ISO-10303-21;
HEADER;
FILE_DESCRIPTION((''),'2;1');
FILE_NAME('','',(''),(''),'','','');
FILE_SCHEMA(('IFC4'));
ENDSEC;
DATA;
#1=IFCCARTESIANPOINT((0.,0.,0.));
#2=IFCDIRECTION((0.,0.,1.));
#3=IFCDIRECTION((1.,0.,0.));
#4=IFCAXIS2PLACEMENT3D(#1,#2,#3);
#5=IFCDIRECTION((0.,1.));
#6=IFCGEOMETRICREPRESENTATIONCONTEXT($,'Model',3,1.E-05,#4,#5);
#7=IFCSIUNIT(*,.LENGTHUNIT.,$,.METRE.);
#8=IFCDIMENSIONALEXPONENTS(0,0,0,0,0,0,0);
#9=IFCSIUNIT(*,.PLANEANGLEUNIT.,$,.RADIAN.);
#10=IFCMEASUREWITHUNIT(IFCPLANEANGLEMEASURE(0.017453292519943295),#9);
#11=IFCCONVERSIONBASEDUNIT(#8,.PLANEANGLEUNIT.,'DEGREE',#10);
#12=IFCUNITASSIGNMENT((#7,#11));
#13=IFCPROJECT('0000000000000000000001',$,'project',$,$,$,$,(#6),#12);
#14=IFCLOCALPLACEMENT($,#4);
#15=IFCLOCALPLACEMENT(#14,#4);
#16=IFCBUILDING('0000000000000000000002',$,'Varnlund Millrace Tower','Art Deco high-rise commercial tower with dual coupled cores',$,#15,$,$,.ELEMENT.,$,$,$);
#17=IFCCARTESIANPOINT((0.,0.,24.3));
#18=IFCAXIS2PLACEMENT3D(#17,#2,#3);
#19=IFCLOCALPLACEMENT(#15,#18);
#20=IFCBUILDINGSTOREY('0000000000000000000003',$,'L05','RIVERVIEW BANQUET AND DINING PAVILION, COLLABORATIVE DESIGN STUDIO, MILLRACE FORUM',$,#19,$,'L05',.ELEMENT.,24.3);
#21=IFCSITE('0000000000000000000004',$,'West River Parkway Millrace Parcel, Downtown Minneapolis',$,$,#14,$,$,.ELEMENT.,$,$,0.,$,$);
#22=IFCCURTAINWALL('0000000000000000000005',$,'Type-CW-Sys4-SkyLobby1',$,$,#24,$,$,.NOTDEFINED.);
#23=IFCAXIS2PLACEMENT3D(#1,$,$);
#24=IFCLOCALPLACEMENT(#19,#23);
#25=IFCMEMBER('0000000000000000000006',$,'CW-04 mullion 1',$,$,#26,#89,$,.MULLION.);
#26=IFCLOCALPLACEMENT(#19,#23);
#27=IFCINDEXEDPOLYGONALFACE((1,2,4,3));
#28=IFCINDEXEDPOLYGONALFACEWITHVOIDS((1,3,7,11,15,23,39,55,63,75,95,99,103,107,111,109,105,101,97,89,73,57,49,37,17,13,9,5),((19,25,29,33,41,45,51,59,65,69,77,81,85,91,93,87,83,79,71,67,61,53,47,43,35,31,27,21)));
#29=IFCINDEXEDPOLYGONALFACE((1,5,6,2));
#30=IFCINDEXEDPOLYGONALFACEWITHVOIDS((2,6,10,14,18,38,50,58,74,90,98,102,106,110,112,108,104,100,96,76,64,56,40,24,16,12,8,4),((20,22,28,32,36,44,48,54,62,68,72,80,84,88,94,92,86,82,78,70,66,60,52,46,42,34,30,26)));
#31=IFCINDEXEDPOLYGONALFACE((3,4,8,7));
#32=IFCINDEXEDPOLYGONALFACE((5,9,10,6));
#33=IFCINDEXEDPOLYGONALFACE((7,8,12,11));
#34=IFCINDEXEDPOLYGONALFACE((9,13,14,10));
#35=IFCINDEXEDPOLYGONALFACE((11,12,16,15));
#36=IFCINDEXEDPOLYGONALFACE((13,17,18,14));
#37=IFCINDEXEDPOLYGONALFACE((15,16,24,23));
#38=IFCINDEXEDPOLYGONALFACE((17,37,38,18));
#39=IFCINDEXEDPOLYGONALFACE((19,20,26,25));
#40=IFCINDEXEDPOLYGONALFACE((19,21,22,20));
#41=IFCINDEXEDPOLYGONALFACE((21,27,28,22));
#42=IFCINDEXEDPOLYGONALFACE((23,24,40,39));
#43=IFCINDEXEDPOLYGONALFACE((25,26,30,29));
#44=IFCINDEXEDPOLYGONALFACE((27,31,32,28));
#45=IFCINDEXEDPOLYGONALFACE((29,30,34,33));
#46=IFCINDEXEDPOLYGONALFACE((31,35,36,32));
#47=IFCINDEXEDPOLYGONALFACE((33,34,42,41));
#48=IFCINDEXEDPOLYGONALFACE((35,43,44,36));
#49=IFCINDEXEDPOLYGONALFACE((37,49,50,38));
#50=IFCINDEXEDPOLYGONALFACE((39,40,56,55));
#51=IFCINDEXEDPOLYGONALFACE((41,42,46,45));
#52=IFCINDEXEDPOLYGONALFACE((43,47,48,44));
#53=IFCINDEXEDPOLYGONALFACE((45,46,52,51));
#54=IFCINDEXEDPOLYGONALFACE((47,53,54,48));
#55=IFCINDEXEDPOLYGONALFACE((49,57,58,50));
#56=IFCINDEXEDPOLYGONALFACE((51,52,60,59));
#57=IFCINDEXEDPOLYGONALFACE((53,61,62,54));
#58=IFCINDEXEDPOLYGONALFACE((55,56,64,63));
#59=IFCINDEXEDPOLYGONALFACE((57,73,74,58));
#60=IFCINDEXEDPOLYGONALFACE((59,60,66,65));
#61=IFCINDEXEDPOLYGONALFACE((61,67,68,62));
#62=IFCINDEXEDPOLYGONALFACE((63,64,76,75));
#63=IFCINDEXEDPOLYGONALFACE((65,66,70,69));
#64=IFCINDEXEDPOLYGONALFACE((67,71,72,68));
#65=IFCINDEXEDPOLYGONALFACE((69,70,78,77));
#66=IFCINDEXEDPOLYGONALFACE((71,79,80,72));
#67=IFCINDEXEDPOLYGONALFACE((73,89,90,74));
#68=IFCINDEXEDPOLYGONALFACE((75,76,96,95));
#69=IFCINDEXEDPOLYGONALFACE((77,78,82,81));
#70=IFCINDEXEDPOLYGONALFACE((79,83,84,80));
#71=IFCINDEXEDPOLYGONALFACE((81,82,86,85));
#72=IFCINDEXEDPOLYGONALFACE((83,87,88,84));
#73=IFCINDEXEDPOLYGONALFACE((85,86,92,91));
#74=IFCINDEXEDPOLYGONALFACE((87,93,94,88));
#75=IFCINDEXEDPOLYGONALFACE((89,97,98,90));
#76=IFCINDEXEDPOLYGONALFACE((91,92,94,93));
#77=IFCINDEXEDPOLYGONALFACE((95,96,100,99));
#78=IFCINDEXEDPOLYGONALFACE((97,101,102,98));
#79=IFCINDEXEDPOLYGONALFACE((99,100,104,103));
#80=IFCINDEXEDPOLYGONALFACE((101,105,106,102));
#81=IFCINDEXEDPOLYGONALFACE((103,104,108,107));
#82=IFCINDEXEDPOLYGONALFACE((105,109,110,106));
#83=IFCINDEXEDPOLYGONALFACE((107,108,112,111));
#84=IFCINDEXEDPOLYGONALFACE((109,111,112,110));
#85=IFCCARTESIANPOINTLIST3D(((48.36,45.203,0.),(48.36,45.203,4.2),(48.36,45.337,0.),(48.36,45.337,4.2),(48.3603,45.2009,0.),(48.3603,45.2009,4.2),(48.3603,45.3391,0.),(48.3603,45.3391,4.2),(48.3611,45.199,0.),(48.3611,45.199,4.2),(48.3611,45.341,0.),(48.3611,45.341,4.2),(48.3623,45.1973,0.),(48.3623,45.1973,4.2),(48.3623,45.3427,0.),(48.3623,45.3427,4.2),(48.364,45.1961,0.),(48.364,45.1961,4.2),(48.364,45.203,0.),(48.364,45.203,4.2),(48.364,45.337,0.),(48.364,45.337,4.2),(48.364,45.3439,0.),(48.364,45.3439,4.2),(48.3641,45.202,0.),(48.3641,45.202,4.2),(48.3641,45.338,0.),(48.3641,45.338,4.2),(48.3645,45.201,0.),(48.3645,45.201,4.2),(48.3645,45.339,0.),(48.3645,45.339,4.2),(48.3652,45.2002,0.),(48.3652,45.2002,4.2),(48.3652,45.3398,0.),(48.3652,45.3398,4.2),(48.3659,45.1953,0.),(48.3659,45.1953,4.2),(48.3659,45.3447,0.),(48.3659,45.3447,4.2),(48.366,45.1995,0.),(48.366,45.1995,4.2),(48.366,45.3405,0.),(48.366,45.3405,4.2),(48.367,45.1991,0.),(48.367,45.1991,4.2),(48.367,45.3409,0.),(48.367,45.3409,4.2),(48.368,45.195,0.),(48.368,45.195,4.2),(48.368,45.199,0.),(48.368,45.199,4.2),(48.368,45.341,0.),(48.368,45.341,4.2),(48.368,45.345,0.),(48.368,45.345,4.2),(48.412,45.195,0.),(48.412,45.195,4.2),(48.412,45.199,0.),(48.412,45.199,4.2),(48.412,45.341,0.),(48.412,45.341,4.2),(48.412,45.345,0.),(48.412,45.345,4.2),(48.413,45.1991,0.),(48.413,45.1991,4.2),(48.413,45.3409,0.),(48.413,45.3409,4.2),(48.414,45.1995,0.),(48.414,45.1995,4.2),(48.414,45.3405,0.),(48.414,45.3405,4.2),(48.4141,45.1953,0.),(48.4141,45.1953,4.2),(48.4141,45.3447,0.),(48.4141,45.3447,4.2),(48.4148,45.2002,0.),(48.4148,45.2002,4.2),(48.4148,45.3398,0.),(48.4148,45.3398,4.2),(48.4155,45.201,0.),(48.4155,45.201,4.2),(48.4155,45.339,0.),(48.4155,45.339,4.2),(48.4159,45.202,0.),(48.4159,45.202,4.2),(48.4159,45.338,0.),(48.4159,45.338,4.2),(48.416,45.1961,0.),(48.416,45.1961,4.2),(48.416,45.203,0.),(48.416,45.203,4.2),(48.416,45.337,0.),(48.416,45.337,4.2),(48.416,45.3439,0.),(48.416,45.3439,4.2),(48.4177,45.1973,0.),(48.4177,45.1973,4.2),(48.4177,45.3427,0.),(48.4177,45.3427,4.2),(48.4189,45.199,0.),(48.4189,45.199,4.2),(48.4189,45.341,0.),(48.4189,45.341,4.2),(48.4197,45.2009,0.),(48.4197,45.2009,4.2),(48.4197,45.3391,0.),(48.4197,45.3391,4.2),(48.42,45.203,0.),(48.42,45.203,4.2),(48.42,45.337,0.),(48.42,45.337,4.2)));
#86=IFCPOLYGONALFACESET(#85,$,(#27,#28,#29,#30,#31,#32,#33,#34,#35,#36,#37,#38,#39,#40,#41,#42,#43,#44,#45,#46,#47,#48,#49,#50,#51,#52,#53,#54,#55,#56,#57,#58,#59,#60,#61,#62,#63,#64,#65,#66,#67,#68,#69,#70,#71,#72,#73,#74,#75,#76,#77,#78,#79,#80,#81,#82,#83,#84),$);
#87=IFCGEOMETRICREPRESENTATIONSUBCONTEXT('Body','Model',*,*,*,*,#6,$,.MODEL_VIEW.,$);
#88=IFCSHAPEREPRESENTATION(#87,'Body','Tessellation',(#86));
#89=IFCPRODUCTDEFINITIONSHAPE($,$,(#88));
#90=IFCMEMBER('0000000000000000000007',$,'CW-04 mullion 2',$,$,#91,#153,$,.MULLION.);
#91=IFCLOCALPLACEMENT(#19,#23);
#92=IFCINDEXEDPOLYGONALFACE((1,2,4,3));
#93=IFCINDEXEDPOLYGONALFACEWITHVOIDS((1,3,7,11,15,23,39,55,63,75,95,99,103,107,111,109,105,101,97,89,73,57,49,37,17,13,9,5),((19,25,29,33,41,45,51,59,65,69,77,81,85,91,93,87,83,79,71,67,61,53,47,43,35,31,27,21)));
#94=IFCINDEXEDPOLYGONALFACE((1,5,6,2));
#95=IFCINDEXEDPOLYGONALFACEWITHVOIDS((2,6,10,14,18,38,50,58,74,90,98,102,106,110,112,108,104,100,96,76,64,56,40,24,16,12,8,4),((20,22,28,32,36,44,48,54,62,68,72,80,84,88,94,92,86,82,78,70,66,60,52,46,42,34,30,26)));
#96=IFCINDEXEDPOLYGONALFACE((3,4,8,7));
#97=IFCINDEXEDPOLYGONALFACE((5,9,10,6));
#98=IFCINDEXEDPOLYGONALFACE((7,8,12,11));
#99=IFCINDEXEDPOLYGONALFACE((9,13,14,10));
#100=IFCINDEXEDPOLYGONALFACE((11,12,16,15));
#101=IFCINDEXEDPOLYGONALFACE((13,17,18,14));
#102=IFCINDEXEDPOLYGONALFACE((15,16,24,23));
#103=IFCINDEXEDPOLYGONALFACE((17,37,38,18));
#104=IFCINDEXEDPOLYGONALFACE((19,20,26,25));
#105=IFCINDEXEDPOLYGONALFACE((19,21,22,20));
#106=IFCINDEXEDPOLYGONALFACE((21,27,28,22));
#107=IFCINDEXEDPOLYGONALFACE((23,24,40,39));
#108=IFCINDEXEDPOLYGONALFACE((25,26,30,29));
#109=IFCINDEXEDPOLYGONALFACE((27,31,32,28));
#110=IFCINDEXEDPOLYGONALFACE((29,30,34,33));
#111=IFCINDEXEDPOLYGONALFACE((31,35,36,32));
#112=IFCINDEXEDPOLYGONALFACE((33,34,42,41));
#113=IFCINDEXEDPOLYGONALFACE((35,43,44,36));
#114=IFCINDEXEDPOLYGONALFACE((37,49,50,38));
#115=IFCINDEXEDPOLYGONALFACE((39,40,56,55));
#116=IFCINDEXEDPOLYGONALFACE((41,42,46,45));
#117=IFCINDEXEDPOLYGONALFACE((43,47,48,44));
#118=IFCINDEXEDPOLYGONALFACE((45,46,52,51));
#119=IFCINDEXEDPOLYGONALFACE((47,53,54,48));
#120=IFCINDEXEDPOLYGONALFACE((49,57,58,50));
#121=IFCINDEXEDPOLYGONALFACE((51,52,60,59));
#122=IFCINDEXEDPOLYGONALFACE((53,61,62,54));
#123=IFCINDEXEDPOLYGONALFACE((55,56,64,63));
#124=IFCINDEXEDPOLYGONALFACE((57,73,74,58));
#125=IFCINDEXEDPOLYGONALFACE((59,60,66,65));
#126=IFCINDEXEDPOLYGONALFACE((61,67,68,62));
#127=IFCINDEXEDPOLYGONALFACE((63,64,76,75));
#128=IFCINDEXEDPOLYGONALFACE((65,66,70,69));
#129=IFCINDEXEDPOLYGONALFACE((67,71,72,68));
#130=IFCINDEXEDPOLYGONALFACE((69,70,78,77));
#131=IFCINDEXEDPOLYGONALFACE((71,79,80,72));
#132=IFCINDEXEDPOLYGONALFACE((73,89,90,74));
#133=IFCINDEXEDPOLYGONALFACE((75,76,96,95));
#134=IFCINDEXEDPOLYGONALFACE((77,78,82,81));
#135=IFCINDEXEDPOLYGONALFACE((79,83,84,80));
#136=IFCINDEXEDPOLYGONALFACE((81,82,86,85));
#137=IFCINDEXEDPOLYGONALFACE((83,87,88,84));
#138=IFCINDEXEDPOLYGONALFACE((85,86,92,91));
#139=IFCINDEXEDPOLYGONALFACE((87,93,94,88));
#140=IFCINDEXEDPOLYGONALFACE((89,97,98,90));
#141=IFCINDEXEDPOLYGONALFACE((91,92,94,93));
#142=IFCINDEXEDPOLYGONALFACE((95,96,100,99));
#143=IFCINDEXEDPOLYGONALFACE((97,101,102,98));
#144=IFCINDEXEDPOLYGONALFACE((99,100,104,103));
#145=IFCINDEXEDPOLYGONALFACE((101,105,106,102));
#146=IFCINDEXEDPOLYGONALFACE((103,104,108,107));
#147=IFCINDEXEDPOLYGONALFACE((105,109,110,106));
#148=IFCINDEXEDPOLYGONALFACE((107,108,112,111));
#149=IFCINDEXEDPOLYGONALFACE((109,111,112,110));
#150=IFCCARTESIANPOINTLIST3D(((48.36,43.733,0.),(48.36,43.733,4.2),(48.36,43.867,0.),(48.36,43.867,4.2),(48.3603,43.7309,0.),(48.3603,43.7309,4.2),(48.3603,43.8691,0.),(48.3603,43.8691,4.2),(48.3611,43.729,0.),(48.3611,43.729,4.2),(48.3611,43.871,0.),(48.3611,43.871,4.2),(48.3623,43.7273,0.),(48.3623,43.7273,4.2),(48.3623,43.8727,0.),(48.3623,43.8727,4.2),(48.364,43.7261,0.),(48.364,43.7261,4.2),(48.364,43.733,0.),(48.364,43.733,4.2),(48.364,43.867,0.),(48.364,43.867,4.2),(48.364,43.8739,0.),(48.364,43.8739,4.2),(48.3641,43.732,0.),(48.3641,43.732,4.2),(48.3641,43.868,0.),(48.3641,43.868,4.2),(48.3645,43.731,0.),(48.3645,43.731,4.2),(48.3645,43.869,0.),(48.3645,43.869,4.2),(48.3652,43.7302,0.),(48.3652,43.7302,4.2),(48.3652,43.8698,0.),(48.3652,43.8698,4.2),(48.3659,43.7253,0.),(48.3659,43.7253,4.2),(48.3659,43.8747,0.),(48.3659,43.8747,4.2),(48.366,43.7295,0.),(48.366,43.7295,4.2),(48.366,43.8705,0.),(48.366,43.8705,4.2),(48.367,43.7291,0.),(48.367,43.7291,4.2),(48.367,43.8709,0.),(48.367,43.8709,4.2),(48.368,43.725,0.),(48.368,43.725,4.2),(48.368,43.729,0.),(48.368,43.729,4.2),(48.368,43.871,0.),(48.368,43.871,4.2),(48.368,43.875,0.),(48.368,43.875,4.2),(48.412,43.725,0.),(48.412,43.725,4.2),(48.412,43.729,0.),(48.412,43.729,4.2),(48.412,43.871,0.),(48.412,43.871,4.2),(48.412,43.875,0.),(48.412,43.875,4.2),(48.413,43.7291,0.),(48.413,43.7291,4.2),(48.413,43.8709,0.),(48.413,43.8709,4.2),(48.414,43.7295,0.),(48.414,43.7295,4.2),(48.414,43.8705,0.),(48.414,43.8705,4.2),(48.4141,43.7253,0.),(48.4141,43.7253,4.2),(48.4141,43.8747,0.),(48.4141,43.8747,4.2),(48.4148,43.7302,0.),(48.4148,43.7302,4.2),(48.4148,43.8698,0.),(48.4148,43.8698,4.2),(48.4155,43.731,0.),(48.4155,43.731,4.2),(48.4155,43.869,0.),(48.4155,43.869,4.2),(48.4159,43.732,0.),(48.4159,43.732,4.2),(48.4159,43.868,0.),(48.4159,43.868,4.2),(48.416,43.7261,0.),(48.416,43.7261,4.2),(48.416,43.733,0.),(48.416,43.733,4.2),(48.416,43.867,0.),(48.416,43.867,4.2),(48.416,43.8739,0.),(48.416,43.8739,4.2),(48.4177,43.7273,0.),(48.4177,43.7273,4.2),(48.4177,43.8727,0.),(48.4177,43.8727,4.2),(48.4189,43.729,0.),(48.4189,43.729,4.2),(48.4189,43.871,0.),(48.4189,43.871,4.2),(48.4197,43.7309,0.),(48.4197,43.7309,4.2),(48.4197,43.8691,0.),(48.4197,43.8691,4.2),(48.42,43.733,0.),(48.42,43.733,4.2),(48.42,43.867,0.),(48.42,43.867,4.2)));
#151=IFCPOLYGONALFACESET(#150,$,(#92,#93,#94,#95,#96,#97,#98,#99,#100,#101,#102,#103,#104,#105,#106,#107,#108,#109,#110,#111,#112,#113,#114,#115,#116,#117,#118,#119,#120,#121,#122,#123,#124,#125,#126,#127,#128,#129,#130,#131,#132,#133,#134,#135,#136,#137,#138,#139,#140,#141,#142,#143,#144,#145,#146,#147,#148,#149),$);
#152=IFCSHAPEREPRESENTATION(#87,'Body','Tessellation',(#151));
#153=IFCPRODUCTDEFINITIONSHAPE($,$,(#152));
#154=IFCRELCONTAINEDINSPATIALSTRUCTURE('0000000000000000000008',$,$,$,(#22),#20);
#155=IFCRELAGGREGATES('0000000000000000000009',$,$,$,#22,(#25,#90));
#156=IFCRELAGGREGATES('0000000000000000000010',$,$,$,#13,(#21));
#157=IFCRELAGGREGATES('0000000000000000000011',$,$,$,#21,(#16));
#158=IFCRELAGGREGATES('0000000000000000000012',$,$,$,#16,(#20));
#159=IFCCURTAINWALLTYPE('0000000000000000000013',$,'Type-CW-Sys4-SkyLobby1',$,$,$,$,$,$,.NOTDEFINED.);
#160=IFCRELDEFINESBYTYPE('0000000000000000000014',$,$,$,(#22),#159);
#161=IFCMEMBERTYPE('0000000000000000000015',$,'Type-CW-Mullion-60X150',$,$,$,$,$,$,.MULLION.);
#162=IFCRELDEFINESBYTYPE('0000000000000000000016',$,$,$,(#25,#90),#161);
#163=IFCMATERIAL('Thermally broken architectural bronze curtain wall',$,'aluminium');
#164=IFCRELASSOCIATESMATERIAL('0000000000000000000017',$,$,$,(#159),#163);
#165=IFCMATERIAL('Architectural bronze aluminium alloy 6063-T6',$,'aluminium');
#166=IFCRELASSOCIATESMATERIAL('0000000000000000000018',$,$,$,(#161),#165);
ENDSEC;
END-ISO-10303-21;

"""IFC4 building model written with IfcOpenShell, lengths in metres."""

from ifc_helpers import new_model, entity, si_unit, converted_unit, direction, frame, origin_with_axes, origin_2d_with_axis, place, context, subcontext, project, spatial, hollow_rectangle, extrude, material, material_profile, profile_set, type_object, element, aggregate, save


model = new_model("IFC4")

# Units and contexts
model_context = context("Model", 3, precision=1e-05, world=origin_with_axes(), true_north=direction((0.0, 1.0)))
body_context = subcontext(model_context, "Body", "Model", "MODEL_VIEW")
ifc_project = project(units=[si_unit("LENGTHUNIT", "METRE"), converted_unit("PLANEANGLEUNIT", "DEGREE", entity("IfcPlaneAngleMeasure", 0.017453292519943295), si_unit("PLANEANGLEUNIT", "RADIAN"), dimensions=[0, 0, 0, 0, 0, 0, 0])], contexts=[model_context])

# Site, building, storey
site_placement = place(None, origin_with_axes())
site = spatial("IfcSite", under=ifc_project, at=site_placement, Name="West River Parkway Millrace Parcel, Downtown Minneapolis", CompositionType="ELEMENT", RefElevation=0.0)
building_placement = place(site_placement, origin_with_axes())
building = spatial("IfcBuilding", under=site, at=building_placement, Name="Varnlund Millrace Tower", Description="Art Deco high-rise commercial tower with dual coupled cores", CompositionType="ELEMENT")
storey_placement = place(building_placement, frame((0.0, 0.0, 24.3), z_axis=(0.0, 0.0, 1.0), x_axis=(1.0, 0.0, 0.0)))
storey = spatial("IfcBuildingStorey", under=building, at=storey_placement, Name="L05", Description="RIVERVIEW BANQUET AND DINING PAVILION, COLLABORATIVE DESIGN STUDIO, MILLRACE FORUM", LongName="L05", CompositionType="ELEMENT", Elevation=24.3)

# Curtain wall, members
ifc_material_1 = material(Name="Thermally broken architectural bronze curtain wall", Category="aluminium")
curtain_wall_type = type_object("IfcCurtainWallType", Name="Type-CW-Sys4-SkyLobby1", PredefinedType="NOTDEFINED", material=ifc_material_1)
ifc_material_2 = material(Name="Architectural bronze aluminium alloy 6063-T6", Category="aluminium")
ifc_material_profile_1 = material_profile(ifc_material_2, hollow_rectangle(XDim=0.06, YDim=0.15, WallThickness=0.004, InnerFilletRadius=0.004, OuterFilletRadius=0.008, at=origin_2d_with_axis()), Name="Architectural bronze aluminium alloy 6063-T6")
ifc_profile_set_1 = profile_set([ifc_material_profile_1], Name="Architectural bronze aluminium alloy 6063-T6")
member_type_1 = type_object("IfcMemberType", Name="Type-CW-Mullion-60X150", PredefinedType="MULLION", material=ifc_profile_set_1)
curtain_wall_1_placement = place(storey_placement, frame((48.39, 45.3, 0.0), z_axis=(0.0, 0.0, 1.0), x_axis=(1.0, 0.0, 0.0)))
curtain_wall_1 = element("IfcCurtainWall", 1, at=curtain_wall_1_placement, inside=storey, type_object=curtain_wall_type, Name="Type-CW-Sys4-SkyLobby1", PredefinedType="NOTDEFINED")
member_1_placement = place(storey_placement, frame((48.39, 45.27, 0.0), z_axis=(0.0, 0.0, 1.0), x_axis=(1.0, 0.0, 0.0)))
member_1 = element("IfcMember", 2, at=member_1_placement, type_object=member_type_1, Name="CW-04 mullion 1", PredefinedType="MULLION", context=body_context, shape_type="SweptSolid", body=[
    extrude(hollow_rectangle(XDim=0.06, YDim=0.15, WallThickness=0.004, InnerFilletRadius=0.004, OuterFilletRadius=0.008, at=origin_2d_with_axis()), origin_with_axes(), (0.0, 0.0, 1.0), 4.2),
])
member_2_placement = place(storey_placement, frame((48.39, 43.8, 0.0), z_axis=(0.0, 0.0, 1.0), x_axis=(1.0, 0.0, 0.0)))
member_2 = element("IfcMember", 3, at=member_2_placement, type_object=member_type_1, Name="CW-04 mullion 2", PredefinedType="MULLION", context=body_context, shape_type="SweptSolid", body=[
    extrude(hollow_rectangle(XDim=0.06, YDim=0.15, WallThickness=0.004, InnerFilletRadius=0.004, OuterFilletRadius=0.008, at=origin_2d_with_axis()), origin_with_axes(), (0.0, 0.0, 1.0), 4.2),
])

aggregate(curtain_wall_1, [member_1, member_2])

save(model, "model.ifc")
